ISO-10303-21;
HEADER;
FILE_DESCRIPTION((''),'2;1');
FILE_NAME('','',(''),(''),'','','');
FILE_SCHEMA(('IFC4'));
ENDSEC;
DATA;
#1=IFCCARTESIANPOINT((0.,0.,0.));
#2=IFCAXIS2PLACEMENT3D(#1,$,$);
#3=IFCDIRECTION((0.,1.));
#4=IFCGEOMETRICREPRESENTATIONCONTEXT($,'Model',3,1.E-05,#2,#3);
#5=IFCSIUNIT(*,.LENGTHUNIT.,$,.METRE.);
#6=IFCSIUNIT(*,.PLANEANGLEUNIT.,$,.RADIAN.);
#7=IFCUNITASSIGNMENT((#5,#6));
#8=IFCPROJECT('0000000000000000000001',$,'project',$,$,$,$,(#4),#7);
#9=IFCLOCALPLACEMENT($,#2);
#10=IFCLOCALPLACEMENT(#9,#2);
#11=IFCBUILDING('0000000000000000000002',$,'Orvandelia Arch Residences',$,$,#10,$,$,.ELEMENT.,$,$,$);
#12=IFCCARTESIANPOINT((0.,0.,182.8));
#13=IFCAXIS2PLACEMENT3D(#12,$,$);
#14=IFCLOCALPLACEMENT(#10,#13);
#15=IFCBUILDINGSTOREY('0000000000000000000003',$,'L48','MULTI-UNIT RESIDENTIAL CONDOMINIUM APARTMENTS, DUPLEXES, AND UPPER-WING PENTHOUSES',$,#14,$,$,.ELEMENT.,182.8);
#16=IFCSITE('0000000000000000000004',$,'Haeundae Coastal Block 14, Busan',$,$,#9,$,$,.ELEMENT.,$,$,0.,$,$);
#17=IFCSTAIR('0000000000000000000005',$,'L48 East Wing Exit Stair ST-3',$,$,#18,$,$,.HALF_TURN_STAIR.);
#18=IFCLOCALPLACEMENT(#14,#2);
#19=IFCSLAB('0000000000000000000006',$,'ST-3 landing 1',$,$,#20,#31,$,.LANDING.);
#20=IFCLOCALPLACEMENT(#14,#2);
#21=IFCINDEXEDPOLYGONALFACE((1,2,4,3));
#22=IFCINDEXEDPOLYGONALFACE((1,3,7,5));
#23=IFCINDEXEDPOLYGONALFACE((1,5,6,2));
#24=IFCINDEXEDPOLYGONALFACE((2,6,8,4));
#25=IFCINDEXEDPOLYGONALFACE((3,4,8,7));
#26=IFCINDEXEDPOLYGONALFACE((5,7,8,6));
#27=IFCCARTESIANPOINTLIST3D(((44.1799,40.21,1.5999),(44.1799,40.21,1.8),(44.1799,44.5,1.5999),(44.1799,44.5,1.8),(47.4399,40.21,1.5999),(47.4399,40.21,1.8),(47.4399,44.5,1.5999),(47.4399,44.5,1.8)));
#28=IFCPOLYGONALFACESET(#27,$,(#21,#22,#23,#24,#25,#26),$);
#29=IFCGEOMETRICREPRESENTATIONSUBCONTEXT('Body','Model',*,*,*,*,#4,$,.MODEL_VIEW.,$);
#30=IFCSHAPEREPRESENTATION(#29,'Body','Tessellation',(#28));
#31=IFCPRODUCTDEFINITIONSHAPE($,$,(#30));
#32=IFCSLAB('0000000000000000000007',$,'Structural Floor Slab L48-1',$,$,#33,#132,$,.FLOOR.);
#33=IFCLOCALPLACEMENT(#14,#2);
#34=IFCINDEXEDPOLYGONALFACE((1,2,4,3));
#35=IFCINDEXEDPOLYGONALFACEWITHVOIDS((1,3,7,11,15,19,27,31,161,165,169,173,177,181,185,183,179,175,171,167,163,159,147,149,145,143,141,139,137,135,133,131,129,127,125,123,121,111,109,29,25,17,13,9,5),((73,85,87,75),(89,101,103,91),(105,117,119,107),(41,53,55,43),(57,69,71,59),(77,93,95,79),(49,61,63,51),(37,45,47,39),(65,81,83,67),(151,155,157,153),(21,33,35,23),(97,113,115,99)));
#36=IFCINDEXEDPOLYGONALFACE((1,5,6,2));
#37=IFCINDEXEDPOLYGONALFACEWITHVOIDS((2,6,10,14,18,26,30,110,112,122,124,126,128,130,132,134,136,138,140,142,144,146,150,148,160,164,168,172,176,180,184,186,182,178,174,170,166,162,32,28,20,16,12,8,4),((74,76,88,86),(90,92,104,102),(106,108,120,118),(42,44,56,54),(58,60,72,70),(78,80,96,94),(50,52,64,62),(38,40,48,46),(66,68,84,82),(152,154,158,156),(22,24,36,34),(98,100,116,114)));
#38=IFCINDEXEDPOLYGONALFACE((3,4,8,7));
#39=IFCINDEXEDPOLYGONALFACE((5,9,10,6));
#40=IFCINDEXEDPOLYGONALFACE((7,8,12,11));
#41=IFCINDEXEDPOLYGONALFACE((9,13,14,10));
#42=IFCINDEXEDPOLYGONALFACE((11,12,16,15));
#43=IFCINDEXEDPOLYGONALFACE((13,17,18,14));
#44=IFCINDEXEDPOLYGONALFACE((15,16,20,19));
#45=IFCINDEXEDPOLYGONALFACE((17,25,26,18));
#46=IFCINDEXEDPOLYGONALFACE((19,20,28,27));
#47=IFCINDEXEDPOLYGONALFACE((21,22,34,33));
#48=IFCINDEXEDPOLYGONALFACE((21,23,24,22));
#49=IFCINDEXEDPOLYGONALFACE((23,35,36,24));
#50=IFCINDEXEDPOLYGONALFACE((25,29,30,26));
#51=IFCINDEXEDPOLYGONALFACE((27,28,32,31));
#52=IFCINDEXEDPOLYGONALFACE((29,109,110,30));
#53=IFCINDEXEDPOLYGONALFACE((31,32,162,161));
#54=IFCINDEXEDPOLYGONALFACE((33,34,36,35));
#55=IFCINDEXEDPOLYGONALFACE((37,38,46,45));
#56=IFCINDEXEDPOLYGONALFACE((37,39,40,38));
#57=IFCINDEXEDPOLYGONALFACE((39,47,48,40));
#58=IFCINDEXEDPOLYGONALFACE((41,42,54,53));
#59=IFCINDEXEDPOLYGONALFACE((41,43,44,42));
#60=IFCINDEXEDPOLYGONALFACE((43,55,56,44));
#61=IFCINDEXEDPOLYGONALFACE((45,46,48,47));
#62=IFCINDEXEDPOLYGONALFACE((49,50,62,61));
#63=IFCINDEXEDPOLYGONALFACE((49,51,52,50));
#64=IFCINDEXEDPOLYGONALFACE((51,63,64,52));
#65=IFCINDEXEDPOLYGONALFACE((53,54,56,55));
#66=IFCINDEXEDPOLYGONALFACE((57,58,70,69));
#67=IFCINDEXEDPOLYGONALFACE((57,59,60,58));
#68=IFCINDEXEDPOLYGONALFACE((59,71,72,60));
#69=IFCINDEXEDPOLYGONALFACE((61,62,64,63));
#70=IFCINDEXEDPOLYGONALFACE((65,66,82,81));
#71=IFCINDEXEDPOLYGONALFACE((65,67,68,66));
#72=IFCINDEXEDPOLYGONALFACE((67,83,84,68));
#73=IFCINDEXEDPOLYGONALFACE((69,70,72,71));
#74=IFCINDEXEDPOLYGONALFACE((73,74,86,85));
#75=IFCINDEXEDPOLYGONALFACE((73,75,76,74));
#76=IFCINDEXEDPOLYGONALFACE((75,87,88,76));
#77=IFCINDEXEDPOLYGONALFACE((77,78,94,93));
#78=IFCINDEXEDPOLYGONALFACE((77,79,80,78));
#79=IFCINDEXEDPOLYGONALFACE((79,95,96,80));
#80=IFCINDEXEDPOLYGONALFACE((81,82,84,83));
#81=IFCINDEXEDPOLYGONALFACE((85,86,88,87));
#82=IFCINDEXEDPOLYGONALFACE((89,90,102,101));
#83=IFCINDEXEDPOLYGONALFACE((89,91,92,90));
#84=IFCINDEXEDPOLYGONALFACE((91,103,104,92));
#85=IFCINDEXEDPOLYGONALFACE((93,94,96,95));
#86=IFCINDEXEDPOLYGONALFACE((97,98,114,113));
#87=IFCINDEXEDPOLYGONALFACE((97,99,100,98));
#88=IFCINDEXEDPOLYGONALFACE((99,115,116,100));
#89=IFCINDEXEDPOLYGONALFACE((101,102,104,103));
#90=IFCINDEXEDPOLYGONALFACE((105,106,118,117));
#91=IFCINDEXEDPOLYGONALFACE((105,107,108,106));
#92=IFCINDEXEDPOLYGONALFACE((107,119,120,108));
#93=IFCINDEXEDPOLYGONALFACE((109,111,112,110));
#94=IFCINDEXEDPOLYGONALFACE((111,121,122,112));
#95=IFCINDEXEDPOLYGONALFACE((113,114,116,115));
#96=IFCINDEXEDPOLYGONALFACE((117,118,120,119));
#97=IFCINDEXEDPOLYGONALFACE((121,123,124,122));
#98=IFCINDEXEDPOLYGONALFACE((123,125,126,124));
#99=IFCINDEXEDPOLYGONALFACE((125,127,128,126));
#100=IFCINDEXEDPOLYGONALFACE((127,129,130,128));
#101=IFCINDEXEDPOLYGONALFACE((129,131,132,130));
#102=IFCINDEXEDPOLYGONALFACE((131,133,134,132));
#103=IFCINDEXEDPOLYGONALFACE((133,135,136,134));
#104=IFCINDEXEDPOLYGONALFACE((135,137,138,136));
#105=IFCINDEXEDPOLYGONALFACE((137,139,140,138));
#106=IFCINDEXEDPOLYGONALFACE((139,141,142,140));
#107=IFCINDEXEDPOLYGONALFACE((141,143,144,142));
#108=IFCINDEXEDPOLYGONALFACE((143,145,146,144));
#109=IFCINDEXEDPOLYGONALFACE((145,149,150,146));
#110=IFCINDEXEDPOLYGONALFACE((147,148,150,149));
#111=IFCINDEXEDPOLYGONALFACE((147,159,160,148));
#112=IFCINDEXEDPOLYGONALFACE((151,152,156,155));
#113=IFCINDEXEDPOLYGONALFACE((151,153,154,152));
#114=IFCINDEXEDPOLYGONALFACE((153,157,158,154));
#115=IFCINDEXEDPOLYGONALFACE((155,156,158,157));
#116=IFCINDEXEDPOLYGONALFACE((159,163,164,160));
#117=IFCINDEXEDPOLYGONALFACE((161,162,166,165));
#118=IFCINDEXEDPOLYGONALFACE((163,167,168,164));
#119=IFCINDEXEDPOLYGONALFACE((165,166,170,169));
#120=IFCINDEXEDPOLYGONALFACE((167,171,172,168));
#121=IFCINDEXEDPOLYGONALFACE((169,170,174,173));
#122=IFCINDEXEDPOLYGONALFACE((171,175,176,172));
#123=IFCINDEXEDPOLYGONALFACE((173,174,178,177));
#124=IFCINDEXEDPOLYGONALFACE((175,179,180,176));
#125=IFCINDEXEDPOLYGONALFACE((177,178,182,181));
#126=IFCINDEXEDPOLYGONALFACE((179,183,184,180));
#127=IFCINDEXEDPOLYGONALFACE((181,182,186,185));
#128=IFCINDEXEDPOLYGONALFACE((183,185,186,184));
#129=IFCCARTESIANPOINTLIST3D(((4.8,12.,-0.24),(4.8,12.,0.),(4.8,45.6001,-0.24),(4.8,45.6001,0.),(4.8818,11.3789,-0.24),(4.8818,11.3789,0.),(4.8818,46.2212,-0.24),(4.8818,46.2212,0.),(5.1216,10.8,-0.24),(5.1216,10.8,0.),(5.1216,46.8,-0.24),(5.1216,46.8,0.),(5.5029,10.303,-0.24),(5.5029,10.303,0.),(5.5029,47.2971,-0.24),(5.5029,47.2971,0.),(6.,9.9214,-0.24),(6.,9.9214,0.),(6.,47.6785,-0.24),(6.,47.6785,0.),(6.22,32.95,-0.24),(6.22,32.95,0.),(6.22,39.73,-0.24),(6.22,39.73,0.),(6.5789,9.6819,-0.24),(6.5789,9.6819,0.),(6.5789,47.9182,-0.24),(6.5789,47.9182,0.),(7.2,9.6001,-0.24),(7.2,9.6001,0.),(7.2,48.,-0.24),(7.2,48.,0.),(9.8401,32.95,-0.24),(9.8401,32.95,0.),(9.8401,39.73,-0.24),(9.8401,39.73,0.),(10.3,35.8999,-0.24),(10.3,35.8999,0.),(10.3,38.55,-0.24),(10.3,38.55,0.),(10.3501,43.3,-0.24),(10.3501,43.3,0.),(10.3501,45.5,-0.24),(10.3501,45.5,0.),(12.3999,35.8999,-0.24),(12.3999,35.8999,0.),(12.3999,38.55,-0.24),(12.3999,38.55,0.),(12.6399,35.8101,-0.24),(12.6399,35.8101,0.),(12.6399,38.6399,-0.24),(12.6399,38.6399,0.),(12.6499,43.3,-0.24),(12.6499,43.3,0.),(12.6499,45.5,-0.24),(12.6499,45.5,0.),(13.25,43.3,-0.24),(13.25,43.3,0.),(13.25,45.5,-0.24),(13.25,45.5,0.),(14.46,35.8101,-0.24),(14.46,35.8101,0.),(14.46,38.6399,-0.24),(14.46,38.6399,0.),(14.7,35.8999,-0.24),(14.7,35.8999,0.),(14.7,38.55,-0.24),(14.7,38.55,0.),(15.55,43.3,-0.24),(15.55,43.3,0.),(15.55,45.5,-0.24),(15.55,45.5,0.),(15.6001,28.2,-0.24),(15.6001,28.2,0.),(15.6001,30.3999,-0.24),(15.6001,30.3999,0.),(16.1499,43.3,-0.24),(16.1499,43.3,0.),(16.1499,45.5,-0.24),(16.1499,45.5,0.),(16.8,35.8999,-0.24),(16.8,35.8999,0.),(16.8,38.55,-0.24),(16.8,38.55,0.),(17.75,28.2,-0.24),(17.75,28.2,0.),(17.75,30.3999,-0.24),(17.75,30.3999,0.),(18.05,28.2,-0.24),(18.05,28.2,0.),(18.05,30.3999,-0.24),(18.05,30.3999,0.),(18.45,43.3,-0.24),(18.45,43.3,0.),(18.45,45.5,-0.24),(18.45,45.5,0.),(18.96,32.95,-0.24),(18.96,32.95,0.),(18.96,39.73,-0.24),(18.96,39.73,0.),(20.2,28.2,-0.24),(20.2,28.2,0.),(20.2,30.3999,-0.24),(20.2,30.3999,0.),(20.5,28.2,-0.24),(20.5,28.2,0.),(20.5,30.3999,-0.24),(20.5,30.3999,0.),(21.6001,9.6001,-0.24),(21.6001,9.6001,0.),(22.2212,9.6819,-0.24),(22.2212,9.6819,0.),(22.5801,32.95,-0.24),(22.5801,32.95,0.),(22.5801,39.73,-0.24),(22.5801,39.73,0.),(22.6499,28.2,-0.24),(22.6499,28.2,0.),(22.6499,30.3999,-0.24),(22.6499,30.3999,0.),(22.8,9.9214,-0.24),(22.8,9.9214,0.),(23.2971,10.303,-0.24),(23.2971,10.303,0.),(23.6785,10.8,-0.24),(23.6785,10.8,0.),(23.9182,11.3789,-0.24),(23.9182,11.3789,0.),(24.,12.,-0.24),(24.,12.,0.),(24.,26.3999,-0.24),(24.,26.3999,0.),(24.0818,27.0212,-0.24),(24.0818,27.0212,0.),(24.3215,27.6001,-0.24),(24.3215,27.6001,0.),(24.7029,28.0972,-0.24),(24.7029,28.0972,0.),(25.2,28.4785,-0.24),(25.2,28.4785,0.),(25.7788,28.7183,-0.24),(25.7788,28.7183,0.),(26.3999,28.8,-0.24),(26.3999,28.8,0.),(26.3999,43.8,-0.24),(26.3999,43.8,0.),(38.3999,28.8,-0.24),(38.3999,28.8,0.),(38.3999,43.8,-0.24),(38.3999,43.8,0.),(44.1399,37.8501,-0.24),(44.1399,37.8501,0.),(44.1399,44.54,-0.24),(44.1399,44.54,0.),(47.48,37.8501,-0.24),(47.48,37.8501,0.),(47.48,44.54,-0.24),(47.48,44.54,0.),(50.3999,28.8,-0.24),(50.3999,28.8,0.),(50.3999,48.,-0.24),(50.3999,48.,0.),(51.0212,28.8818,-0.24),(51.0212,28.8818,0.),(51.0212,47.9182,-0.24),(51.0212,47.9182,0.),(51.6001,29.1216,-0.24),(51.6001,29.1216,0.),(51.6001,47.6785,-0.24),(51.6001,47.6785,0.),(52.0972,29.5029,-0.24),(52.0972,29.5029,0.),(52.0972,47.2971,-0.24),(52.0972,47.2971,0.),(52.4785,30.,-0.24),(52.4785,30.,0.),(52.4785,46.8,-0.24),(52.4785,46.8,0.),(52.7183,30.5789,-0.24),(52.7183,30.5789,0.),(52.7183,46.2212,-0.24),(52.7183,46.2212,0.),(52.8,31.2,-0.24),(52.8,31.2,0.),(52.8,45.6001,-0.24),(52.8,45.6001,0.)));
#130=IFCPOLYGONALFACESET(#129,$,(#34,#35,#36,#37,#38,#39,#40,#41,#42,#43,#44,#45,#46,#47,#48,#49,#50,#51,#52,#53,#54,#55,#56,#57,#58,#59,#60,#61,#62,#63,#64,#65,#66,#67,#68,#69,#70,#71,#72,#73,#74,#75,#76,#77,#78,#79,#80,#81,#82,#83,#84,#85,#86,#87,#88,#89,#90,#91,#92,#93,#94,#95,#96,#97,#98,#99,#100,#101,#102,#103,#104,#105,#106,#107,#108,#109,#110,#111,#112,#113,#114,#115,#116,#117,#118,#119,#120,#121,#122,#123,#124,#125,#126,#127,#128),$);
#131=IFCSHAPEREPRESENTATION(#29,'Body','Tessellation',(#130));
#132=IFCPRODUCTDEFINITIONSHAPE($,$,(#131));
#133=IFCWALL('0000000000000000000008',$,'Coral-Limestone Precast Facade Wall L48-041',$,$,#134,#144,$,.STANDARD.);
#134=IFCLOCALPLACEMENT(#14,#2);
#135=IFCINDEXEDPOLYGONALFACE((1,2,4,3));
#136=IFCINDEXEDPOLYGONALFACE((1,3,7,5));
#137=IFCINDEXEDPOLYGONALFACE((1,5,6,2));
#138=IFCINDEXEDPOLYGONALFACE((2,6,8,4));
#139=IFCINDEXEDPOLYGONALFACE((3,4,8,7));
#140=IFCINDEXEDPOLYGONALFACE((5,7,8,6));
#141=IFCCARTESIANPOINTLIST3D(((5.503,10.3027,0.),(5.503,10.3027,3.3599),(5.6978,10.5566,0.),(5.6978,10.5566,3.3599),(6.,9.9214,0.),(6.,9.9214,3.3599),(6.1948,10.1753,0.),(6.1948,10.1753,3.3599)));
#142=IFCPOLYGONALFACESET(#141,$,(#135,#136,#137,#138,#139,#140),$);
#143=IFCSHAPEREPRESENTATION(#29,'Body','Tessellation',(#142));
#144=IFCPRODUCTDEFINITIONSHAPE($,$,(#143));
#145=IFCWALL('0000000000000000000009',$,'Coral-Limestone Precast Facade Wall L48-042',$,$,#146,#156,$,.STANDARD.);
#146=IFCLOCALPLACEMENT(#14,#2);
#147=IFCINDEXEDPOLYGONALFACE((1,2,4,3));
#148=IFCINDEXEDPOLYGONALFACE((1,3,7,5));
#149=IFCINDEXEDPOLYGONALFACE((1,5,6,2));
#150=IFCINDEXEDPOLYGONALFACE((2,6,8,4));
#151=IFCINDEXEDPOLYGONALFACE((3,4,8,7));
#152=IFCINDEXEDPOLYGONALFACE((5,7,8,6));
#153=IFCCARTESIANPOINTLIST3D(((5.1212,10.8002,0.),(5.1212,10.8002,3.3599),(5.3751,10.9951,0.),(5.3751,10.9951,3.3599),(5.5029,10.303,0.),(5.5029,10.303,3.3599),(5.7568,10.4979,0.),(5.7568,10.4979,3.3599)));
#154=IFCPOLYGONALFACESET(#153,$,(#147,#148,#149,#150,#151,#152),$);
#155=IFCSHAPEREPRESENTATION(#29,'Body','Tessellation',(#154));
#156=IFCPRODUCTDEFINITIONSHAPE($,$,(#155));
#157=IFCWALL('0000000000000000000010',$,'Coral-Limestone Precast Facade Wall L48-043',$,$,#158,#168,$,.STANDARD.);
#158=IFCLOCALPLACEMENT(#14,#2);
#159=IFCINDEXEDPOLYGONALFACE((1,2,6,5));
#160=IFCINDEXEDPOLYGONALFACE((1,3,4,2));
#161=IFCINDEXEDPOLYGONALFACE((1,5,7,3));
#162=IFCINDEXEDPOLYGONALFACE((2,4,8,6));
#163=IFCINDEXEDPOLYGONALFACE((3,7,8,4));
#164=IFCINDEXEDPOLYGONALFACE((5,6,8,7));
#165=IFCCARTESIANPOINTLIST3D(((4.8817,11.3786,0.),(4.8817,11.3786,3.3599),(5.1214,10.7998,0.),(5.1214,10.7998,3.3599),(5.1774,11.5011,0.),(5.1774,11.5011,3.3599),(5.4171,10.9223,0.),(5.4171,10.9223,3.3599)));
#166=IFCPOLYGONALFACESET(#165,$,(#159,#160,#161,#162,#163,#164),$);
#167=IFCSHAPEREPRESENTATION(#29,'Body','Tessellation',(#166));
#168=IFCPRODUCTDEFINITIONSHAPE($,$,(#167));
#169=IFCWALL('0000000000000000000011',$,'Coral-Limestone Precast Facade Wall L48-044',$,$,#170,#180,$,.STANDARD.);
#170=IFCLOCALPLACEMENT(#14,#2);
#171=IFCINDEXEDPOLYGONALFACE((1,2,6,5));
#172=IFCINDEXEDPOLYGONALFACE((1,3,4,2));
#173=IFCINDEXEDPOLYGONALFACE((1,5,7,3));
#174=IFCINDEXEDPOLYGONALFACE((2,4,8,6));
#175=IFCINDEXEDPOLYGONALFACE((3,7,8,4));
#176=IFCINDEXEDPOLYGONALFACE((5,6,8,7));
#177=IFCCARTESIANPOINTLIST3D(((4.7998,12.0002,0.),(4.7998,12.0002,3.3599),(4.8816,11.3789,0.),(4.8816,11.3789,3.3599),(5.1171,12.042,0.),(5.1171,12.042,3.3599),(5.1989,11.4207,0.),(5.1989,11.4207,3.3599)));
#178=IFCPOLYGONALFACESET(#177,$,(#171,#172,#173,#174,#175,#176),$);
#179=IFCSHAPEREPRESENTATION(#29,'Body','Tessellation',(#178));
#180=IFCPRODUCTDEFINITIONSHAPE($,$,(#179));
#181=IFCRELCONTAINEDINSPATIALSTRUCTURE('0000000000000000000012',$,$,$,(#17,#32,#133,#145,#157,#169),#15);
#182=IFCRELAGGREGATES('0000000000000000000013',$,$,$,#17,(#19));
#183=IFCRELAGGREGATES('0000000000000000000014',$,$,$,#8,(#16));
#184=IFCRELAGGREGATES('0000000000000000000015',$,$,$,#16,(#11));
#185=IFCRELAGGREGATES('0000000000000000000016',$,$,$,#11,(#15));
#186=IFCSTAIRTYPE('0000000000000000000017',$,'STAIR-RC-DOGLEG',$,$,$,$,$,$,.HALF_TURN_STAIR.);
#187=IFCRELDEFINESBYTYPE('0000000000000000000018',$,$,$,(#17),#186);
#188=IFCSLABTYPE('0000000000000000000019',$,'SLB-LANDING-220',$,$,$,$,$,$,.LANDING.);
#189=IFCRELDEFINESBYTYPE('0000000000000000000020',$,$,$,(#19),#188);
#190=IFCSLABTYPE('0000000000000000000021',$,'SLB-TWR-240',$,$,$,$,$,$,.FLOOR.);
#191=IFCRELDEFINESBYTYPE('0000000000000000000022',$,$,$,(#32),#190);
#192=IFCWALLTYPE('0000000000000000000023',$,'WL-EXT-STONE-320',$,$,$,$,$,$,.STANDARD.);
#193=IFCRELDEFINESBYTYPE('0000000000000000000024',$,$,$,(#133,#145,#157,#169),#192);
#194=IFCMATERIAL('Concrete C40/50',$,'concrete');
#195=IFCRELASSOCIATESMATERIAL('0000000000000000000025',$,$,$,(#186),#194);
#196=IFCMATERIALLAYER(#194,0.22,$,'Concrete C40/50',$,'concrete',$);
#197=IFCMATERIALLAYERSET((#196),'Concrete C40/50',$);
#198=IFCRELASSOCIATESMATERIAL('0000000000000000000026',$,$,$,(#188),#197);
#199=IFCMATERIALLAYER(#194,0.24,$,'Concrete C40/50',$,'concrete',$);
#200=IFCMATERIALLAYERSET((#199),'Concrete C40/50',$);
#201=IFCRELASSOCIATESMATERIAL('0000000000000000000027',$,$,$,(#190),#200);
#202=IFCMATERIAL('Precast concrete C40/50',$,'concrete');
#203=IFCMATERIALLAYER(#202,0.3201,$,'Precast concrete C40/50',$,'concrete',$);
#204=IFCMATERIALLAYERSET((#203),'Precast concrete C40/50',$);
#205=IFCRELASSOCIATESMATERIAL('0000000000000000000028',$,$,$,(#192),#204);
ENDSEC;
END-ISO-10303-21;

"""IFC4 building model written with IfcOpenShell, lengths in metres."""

from ifc_helpers import new_model, si_unit, direction, frame, frame_2d, origin, place, context, subcontext, project, spatial, polyline, rectangle, outline, extrude, material, layer, layer_set, type_object, element, aggregate, save


model = new_model("IFC4")

# Units and contexts
model_context = context("Model", 3, precision=1e-05, world=origin(), true_north=direction((0.0, 1.0)))
body_context = subcontext(model_context, "Body", "Model", "MODEL_VIEW")
ifc_project = project(units=[si_unit("LENGTHUNIT", "METRE"), si_unit("PLANEANGLEUNIT", "RADIAN")], contexts=[model_context])

# Site, building, storey
site_placement = place(None, origin())
site = spatial("IfcSite", under=ifc_project, at=site_placement, Name="Haeundae Coastal Block 14, Busan", CompositionType="ELEMENT", RefElevation=0.0)
building_placement = place(site_placement, origin())
building = spatial("IfcBuilding", under=site, at=building_placement, Name="Orvandelia Arch Residences", CompositionType="ELEMENT")
storey_placement = place(building_placement, frame((0.0, 0.0, 182.8)))
storey = spatial("IfcBuildingStorey", under=building, at=storey_placement, Name="L48", Description="MULTI-UNIT RESIDENTIAL CONDOMINIUM APARTMENTS, DUPLEXES, AND UPPER-WING PENTHOUSES", CompositionType="ELEMENT", Elevation=182.8)

# Shared definitions
ifc_material_1 = material(Name="Precast concrete C40/50", Category="concrete")

# Stair, slab
ifc_material_2 = material(Name="Concrete C40/50", Category="concrete")
stair_type = type_object("IfcStairType", Name="STAIR-RC-DOGLEG", PredefinedType="HALF_TURN_STAIR", material=ifc_material_2)
ifc_layer_1 = layer(ifc_material_2, 0.22, Name="Concrete C40/50", Category="concrete")
ifc_layer_set_1 = layer_set([ifc_layer_1], Name="Concrete C40/50")
slab_type_1 = type_object("IfcSlabType", Name="SLB-LANDING-220", PredefinedType="LANDING", material=ifc_layer_set_1)
stair_1_placement = place(storey_placement, origin())
stair_1 = element("IfcStair", 1, at=stair_1_placement, inside=storey, type_object=stair_type, Name="L48 East Wing Exit Stair ST-3", PredefinedType="HALF_TURN_STAIR")
slab_1_placement = place(storey_placement, frame((0.0, 0.0, 1.5999)))
slab_1 = element("IfcSlab", 2, at=slab_1_placement, type_object=slab_type_1, Name="ST-3 landing 1", PredefinedType="LANDING", context=body_context, shape_type="SweptSolid", body=[
    extrude(outline(polyline([(47.4399, 40.21), (47.4399, 44.5), (44.1799, 44.5), (44.1799, 40.21), (47.4399, 40.21)])), origin(), (0.0, 0.0, 1.0), 0.2002),
])
aggregate(stair_1, [slab_1])

# Slab
ifc_layer_2 = layer(ifc_material_2, 0.24, Name="Concrete C40/50", Category="concrete")
ifc_layer_set_2 = layer_set([ifc_layer_2], Name="Concrete C40/50")
slab_type_2 = type_object("IfcSlabType", Name="SLB-TWR-240", PredefinedType="FLOOR", material=ifc_layer_set_2)
slab_2_placement = place(storey_placement, frame((0.0, 0.0, -0.24)))
element("IfcSlab", 3, at=slab_2_placement, inside=storey, type_object=slab_type_2, Name="Structural Floor Slab L48-1", PredefinedType="FLOOR", context=body_context, shape_type="SweptSolid", body=[
    extrude(outline(polyline([(4.8, 12.0), (4.8818, 11.3789), (5.1216, 10.8), (5.5029, 10.303), (6.0, 9.9214), (6.5789, 9.6819), (7.2, 9.6001), (21.6001, 9.6001), (22.2212, 9.6819), (22.8, 9.9214), (23.2971, 10.303), (23.6785, 10.8), (23.9182, 11.3789), (24.0, 12.0), (24.0, 26.3999), (24.0818, 27.0212), (24.3215, 27.6001), (24.7029, 28.0972), (25.2, 28.4785), (25.7788, 28.7183), (26.3999, 28.8), (26.3999, 43.8), (38.3999, 43.8), (38.3999, 28.8), (50.3999, 28.8), (51.0212, 28.8818), (51.6001, 29.1216), (52.0972, 29.5029), (52.4785, 30.0), (52.7183, 30.5789), (52.8, 31.2), (52.8, 45.6001), (52.7183, 46.2212), (52.4785, 46.8), (52.0972, 47.2971), (51.6001, 47.6785), (51.0212, 47.9182), (50.3999, 48.0), (7.2, 48.0), (6.5789, 47.9182), (6.0, 47.6785), (5.5029, 47.2971), (5.1216, 46.8), (4.8818, 46.2212), (4.8, 45.6001), (4.8, 12.0)]), holes=[polyline([(6.22, 32.95), (9.8401, 32.95), (9.8401, 39.73), (6.22, 39.73), (6.22, 32.95)]), polyline([(18.96, 32.95), (22.5801, 32.95), (22.5801, 39.73), (18.96, 39.73), (18.96, 32.95)]), polyline([(44.1399, 37.8501), (47.48, 37.8501), (47.48, 44.54), (44.1399, 44.54), (44.1399, 37.8501)]), polyline([(12.6399, 35.8101), (14.46, 35.8101), (14.46, 38.6399), (12.6399, 38.6399), (12.6399, 35.8101)]), polyline([(10.3, 35.8999), (12.3999, 35.8999), (12.3999, 38.55), (10.3, 38.55), (10.3, 35.8999)]), polyline([(14.7, 35.8999), (16.8, 35.8999), (16.8, 38.55), (14.7, 38.55), (14.7, 35.8999)]), polyline([(10.3501, 43.3), (12.6499, 43.3), (12.6499, 45.5), (10.3501, 45.5), (10.3501, 43.3)]), polyline([(13.25, 43.3), (15.55, 43.3), (15.55, 45.5), (13.25, 45.5), (13.25, 43.3)]), polyline([(16.1499, 43.3), (18.45, 43.3), (18.45, 45.5), (16.1499, 45.5), (16.1499, 43.3)]), polyline([(15.6001, 28.2), (17.75, 28.2), (17.75, 30.3999), (15.6001, 30.3999), (15.6001, 28.2)]), polyline([(18.05, 28.2), (20.2, 28.2), (20.2, 30.3999), (18.05, 30.3999), (18.05, 28.2)]), polyline([(20.5, 28.2), (22.6499, 28.2), (22.6499, 30.3999), (20.5, 30.3999), (20.5, 28.2)])]), origin(), (0.0, 0.0, 1.0), 0.24),
])

# Walls
ifc_layer_3 = layer(ifc_material_1, 0.3201, Name="Precast concrete C40/50", Category="concrete")
ifc_layer_set_3 = layer_set([ifc_layer_3], Name="Precast concrete C40/50")
wall_type_1 = type_object("IfcWallType", Name="WL-EXT-STONE-320", PredefinedType="STANDARD", material=ifc_layer_set_3)
wall_1_placement = place(storey_placement, frame((6.0974, 10.0483, 0.0), z_axis=(0.0, 0.0, 1.0), x_axis=(-0.793406, 0.608693, 0.0)))
element("IfcWall", 4, at=wall_1_placement, inside=storey, type_object=wall_type_1, Name="Coral-Limestone Precast Facade Wall L48-041", PredefinedType="STANDARD", context=body_context, shape_type="SweptSolid", body=[
    extrude(rectangle(XDim=0.6265, YDim=0.3201, at=frame_2d((0.3132, 0.0))), origin(), (0.0, 0.0, 1.0), 3.3599),
])
wall_2_placement = place(storey_placement, frame((5.6299, 10.4004, 0.0), z_axis=(0.0, 0.0, 1.0), x_axis=(-0.608939, 0.793217, 0.0)))
element("IfcWall", 5, at=wall_2_placement, inside=storey, type_object=wall_type_1, Name="Coral-Limestone Precast Facade Wall L48-042", PredefinedType="STANDARD", context=body_context, shape_type="SweptSolid", body=[
    extrude(rectangle(XDim=0.6267, YDim=0.3201, at=frame_2d((0.3135, 0.0))), origin(), (0.0, 0.0, 1.0), 3.3599),
])
wall_3_placement = place(storey_placement, frame((5.2693, 10.8611, 0.0), z_axis=(0.0, 0.0, 1.0), x_axis=(-0.38265, 0.923893, 0.0)))
element("IfcWall", 6, at=wall_3_placement, inside=storey, type_object=wall_type_1, Name="Coral-Limestone Precast Facade Wall L48-043", PredefinedType="STANDARD", context=body_context, shape_type="SweptSolid", body=[
    extrude(rectangle(XDim=0.6265, YDim=0.3201, at=frame_2d((0.3132, 0.0))), origin(), (0.0, 0.0, 1.0), 3.3599),
])
wall_4_placement = place(storey_placement, frame((5.0403, 11.3997, 0.0), z_axis=(0.0, 0.0, 1.0), x_axis=(-0.130505, 0.991448, 0.0)))
element("IfcWall", 7, at=wall_4_placement, inside=storey, type_object=wall_type_1, Name="Coral-Limestone Precast Facade Wall L48-044", PredefinedType="STANDARD", context=body_context, shape_type="SweptSolid", body=[
    extrude(rectangle(XDim=0.6267, YDim=0.3201, at=frame_2d((0.3135, 0.0))), origin(), (0.0, 0.0, 1.0), 3.3599),
])

save(model, "model.ifc")
